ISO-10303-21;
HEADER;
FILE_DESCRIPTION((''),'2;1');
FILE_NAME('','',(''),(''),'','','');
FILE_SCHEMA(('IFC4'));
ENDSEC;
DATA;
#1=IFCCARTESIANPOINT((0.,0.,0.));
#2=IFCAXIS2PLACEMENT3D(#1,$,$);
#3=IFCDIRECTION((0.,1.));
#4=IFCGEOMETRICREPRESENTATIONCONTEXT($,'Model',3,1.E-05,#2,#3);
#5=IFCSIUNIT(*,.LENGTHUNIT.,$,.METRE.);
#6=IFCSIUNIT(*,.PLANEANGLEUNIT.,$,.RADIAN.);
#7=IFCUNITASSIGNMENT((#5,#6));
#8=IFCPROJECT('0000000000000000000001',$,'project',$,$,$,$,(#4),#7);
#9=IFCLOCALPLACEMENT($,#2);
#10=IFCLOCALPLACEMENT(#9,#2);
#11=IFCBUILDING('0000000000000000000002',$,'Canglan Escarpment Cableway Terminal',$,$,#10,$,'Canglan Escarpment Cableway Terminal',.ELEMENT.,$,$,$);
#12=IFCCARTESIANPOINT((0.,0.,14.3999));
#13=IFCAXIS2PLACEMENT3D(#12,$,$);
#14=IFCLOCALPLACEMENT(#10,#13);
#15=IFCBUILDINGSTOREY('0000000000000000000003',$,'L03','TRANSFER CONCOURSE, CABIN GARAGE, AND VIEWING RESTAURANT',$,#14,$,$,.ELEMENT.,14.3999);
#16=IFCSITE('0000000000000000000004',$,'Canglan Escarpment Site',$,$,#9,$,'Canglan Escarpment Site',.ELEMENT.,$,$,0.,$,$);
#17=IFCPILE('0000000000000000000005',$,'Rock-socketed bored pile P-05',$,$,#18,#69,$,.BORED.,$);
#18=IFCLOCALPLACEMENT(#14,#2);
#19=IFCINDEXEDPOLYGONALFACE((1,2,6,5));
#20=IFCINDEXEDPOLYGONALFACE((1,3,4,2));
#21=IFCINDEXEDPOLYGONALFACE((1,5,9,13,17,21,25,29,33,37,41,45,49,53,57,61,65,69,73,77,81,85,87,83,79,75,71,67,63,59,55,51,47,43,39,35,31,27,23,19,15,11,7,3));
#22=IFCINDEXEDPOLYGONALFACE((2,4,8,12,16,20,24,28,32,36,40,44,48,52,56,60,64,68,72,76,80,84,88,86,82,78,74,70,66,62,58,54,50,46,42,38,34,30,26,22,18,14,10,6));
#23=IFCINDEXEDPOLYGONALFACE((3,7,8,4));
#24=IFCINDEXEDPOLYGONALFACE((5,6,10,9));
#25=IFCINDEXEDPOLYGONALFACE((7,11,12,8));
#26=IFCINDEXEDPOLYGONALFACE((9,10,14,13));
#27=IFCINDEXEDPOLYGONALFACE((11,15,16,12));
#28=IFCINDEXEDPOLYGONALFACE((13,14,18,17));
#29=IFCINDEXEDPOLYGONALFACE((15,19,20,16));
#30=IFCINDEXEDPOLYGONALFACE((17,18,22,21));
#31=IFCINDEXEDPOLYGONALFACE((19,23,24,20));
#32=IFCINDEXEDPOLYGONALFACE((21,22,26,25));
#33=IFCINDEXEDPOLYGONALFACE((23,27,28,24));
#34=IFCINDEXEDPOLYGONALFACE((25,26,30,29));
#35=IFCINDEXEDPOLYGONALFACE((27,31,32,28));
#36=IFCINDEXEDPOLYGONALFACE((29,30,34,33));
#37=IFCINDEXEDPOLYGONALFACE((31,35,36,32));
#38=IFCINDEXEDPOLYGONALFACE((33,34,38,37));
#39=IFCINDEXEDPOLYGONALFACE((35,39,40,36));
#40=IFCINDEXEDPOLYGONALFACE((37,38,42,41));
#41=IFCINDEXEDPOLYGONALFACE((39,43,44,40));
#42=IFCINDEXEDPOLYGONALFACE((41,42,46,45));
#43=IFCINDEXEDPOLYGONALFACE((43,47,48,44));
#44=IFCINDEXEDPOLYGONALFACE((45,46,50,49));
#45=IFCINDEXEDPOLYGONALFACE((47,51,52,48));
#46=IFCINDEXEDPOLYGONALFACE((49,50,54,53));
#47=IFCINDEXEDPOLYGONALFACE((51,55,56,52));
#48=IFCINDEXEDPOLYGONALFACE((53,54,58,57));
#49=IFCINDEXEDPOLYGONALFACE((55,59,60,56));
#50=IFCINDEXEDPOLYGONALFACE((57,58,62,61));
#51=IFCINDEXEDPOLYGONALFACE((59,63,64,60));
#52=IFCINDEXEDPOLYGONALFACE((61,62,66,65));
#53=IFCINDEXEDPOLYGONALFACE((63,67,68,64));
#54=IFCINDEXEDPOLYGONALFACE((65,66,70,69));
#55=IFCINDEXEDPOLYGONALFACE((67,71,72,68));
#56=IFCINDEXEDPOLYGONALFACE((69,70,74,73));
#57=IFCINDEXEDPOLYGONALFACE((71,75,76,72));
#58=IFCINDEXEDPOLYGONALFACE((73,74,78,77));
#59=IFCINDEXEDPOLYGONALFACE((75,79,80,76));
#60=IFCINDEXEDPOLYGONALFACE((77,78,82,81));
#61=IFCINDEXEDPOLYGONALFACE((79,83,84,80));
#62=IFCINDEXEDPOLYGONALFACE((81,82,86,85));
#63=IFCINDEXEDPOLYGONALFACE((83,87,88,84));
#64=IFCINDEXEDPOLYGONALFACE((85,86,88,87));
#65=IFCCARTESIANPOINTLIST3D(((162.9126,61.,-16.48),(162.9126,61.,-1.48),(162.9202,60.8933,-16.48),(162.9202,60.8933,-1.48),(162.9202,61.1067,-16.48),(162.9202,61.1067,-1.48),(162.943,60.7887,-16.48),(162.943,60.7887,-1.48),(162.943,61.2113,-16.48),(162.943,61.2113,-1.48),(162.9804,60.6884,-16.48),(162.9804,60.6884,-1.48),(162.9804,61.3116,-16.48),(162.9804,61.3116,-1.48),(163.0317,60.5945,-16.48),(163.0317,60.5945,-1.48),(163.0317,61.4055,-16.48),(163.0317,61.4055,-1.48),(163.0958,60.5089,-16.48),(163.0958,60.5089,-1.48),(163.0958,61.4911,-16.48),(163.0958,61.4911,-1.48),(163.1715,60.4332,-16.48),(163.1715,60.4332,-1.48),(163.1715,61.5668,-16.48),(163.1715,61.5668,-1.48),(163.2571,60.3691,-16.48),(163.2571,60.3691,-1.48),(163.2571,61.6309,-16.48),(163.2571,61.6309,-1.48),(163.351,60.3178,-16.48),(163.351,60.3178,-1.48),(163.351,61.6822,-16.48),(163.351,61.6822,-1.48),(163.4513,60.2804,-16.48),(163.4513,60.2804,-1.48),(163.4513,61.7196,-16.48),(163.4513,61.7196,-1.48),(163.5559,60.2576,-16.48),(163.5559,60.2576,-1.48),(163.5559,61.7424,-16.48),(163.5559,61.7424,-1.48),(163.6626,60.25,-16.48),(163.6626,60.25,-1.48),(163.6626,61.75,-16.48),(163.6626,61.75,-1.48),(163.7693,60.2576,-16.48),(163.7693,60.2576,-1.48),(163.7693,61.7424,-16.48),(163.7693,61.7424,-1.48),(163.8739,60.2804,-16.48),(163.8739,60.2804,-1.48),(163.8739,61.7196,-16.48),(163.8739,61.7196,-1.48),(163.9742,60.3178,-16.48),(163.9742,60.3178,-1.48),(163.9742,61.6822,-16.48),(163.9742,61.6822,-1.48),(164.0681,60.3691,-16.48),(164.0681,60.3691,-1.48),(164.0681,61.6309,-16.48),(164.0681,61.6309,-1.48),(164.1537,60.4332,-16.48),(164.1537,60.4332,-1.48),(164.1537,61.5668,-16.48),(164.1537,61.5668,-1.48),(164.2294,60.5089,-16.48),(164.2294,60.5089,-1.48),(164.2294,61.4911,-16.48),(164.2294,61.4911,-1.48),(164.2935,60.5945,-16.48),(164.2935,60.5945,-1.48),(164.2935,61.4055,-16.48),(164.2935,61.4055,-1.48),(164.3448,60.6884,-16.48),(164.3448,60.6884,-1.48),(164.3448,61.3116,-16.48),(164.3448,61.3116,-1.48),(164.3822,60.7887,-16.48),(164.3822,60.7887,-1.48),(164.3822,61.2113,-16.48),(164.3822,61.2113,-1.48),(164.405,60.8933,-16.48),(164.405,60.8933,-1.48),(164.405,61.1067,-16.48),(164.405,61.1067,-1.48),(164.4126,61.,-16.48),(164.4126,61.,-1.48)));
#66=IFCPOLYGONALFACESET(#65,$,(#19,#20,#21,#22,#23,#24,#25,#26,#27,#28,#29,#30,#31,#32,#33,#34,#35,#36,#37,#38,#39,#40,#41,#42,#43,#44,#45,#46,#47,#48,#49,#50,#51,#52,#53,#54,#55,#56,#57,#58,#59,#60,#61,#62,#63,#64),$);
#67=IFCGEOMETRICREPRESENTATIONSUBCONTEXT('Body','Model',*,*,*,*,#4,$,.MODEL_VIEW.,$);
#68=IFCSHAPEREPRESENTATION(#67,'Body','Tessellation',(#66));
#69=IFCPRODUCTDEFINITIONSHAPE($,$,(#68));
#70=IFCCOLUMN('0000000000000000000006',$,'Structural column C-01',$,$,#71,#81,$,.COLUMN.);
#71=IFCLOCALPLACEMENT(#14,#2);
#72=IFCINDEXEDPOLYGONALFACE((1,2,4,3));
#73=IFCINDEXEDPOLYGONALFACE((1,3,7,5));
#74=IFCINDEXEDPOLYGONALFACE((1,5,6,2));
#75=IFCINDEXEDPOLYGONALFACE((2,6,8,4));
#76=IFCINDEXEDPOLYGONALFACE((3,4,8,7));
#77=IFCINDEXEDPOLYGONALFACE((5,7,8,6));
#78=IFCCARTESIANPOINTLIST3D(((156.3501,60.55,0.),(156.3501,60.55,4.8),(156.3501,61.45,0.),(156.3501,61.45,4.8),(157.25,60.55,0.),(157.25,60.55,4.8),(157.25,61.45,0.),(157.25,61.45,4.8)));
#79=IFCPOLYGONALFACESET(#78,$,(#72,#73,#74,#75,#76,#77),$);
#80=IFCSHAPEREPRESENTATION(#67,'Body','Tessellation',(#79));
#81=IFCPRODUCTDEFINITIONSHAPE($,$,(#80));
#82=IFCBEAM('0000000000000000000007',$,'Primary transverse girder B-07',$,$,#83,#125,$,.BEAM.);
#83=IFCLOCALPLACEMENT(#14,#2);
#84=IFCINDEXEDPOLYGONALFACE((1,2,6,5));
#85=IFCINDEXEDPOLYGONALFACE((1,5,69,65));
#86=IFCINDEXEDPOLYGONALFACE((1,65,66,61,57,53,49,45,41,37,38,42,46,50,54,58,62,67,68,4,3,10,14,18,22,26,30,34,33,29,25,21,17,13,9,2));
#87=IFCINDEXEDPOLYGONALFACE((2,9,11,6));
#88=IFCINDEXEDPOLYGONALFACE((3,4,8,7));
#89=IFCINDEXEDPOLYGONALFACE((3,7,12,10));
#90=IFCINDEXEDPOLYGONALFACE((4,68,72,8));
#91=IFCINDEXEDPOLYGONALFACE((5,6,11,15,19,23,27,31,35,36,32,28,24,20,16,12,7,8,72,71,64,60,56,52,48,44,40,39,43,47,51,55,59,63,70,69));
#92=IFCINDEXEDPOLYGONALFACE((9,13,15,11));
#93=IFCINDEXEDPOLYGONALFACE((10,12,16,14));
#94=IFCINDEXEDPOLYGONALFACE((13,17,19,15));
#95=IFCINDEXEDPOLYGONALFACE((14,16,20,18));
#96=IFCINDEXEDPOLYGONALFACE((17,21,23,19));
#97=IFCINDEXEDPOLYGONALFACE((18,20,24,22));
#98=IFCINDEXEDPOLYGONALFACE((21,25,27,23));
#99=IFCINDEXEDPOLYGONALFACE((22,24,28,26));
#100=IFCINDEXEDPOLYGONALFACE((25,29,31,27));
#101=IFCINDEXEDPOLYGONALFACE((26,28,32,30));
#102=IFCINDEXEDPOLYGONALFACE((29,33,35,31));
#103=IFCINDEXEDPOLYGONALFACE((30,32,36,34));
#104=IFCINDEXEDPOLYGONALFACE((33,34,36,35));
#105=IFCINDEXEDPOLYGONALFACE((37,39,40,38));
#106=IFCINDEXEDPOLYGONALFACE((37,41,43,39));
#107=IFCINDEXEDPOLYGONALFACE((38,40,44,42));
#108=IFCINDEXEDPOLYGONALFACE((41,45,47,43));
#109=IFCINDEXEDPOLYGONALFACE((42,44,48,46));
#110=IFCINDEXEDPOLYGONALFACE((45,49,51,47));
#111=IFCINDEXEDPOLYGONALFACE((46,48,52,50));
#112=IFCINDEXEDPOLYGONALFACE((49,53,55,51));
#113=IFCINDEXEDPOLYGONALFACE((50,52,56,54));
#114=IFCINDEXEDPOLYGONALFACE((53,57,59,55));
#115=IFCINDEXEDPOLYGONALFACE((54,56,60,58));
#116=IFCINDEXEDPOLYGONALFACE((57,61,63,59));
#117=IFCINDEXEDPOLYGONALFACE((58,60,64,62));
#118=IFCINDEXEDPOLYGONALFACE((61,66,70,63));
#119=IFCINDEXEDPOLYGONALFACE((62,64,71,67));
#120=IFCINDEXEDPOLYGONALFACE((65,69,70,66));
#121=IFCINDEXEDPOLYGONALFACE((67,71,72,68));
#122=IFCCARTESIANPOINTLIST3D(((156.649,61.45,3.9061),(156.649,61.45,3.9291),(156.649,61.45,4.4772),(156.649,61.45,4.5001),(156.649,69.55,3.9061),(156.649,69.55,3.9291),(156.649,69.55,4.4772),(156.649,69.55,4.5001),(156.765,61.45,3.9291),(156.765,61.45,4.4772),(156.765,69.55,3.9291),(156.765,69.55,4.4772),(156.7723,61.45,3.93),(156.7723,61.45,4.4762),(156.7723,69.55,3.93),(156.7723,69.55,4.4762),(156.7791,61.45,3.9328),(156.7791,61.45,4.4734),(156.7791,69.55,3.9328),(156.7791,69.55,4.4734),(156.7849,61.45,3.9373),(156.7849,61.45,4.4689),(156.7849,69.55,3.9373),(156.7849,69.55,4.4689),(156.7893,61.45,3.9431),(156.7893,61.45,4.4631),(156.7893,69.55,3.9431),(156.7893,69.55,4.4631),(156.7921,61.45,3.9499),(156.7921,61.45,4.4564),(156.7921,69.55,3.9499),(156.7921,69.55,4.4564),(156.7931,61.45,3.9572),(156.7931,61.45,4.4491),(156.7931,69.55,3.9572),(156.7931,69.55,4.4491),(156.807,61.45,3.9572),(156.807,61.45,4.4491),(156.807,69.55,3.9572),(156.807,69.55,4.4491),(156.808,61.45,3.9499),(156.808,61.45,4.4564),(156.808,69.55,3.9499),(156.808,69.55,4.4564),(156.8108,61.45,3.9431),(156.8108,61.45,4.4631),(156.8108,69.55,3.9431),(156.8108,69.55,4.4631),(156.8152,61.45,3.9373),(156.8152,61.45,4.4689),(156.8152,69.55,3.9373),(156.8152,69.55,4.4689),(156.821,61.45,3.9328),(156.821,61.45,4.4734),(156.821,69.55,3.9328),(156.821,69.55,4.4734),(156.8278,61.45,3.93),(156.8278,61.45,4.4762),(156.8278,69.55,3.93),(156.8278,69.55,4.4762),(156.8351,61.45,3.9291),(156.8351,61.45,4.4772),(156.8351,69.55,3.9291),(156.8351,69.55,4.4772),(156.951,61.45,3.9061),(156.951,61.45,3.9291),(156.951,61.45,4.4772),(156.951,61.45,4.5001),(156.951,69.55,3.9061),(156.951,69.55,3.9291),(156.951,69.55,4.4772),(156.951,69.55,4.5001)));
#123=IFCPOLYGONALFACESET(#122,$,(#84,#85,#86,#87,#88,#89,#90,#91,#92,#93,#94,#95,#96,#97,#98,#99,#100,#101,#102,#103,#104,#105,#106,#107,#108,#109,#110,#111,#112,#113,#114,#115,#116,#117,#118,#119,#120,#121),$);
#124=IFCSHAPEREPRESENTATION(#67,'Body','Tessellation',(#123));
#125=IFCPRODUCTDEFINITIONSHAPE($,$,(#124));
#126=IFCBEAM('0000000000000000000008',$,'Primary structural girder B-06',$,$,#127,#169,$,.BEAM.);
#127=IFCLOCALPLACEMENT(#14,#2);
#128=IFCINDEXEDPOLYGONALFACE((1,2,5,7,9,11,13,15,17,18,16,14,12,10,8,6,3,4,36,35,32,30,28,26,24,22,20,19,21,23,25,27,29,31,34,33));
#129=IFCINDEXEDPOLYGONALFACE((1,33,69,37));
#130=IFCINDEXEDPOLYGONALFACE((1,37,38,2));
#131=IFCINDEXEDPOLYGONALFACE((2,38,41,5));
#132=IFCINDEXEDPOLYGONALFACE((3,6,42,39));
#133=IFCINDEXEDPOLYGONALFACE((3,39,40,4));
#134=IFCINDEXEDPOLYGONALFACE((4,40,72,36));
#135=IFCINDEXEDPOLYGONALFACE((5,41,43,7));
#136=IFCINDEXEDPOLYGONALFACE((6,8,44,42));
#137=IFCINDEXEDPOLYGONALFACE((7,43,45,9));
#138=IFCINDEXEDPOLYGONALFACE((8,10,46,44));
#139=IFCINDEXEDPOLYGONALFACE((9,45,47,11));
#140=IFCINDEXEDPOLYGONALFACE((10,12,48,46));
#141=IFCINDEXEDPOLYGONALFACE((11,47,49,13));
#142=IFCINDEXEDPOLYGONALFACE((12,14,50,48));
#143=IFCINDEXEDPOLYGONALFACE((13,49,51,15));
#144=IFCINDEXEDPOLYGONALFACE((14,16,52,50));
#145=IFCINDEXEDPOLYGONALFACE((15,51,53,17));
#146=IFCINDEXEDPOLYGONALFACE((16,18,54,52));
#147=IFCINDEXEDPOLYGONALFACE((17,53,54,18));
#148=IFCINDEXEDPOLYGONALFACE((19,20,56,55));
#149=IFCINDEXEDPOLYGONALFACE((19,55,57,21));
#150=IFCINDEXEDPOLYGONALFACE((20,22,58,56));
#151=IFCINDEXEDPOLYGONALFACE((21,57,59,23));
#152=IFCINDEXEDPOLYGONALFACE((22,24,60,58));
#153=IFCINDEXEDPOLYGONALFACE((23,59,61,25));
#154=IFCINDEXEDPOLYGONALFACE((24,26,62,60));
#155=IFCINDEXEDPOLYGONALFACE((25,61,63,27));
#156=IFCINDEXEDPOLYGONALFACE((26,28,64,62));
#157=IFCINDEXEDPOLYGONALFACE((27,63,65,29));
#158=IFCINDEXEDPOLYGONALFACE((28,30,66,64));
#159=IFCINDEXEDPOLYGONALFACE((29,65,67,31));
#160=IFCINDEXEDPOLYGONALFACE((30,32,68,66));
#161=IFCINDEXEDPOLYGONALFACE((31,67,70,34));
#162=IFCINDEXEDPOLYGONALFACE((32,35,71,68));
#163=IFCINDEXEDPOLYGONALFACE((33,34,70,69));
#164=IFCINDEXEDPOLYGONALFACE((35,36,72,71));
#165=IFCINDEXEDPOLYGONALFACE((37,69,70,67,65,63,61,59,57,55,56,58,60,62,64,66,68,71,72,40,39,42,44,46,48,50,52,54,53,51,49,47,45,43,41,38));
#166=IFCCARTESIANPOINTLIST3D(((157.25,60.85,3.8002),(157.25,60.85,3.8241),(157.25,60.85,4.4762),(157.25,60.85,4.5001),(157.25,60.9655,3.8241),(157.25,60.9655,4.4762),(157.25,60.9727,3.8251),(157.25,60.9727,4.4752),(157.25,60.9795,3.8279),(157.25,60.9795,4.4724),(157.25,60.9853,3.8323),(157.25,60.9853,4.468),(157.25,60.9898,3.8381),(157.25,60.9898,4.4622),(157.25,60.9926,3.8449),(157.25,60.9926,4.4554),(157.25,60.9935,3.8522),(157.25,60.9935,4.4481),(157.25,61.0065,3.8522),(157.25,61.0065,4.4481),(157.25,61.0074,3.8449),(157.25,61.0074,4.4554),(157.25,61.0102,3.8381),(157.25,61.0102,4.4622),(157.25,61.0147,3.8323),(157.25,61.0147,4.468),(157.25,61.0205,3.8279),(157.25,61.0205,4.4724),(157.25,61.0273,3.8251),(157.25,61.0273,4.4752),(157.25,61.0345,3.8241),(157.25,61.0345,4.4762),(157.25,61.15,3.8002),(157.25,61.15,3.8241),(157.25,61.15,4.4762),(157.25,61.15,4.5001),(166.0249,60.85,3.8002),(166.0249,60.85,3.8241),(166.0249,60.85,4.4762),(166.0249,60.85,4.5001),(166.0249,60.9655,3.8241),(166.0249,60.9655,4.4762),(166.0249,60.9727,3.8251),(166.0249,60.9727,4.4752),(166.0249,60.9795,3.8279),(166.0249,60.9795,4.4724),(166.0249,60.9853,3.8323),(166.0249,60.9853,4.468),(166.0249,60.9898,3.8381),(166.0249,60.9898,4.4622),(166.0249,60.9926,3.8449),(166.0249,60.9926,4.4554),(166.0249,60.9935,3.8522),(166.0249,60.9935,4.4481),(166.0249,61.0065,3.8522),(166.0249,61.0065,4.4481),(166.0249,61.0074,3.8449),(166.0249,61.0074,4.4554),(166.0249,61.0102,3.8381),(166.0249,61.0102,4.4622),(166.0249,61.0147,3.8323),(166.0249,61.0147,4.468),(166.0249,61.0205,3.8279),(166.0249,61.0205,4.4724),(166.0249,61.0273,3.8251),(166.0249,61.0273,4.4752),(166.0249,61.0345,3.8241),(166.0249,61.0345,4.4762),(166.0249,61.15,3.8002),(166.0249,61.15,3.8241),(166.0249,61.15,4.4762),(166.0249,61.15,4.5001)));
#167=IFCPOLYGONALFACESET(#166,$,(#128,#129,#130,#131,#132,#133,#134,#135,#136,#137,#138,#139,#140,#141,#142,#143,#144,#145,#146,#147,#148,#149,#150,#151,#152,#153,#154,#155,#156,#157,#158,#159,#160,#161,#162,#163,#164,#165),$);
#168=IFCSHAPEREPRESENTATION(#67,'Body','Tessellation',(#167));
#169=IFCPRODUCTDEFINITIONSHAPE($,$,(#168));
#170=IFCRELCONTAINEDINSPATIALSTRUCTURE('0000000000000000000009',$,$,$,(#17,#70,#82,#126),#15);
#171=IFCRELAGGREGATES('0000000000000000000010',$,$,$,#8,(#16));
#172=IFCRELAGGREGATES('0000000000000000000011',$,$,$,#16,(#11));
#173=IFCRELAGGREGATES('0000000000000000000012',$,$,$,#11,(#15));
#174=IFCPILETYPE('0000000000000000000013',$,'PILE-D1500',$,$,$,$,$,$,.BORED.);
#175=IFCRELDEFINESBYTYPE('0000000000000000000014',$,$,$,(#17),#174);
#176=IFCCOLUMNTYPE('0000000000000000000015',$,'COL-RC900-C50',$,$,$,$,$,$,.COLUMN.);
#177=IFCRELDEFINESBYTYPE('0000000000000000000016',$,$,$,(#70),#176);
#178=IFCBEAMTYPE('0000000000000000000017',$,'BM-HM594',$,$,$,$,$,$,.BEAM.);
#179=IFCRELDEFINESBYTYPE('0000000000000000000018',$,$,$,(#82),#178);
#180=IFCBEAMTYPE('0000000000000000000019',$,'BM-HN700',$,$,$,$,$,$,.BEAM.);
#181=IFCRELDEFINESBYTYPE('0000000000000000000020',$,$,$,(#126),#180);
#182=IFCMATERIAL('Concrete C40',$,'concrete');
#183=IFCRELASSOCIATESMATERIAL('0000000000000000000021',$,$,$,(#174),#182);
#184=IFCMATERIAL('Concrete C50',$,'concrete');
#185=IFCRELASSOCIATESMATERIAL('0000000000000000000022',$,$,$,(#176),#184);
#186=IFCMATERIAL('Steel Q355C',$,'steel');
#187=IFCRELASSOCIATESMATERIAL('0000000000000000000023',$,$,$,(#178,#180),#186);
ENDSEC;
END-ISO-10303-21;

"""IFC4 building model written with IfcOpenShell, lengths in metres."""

from ifc_helpers import new_model, si_unit, direction, frame, origin, origin_2d, place, context, subcontext, project, spatial, rectangle, circle, i_section, extrude, material, material_profile, profile_set, type_object, element, save


model = new_model("IFC4")

# Units and contexts
model_context = context("Model", 3, precision=1e-05, world=origin(), true_north=direction((0.0, 1.0)))
body_context = subcontext(model_context, "Body", "Model", "MODEL_VIEW")
ifc_project = project(units=[si_unit("LENGTHUNIT", "METRE"), si_unit("PLANEANGLEUNIT", "RADIAN")], contexts=[model_context])

# Site, building, storey
site_placement = place(None, origin())
site = spatial("IfcSite", under=ifc_project, at=site_placement, Name="Canglan Escarpment Site", LongName="Canglan Escarpment Site", CompositionType="ELEMENT", RefElevation=0.0)
building_placement = place(site_placement, origin())
building = spatial("IfcBuilding", under=site, at=building_placement, Name="Canglan Escarpment Cableway Terminal", LongName="Canglan Escarpment Cableway Terminal", CompositionType="ELEMENT")
storey_placement = place(building_placement, frame((0.0, 0.0, 14.3999)))
storey = spatial("IfcBuildingStorey", under=building, at=storey_placement, Name="L03", Description="TRANSFER CONCOURSE, CABIN GARAGE, AND VIEWING RESTAURANT", CompositionType="ELEMENT", Elevation=14.3999)

# Shared definitions
ifc_material_1 = material(Name="Concrete C40", Category="concrete")

# Pile
ifc_material_profile_1 = material_profile(ifc_material_1, circle(Radius=0.75, at=origin_2d()), Name="BORED PILE D1500")
ifc_profile_set_1 = profile_set([ifc_material_profile_1], Name="Concrete C40")
pile_type = type_object("IfcPileType", Name="PILE-D1500", PredefinedType="BORED", material=ifc_profile_set_1)
for number, where, z_axis, x_axis, name in (
    (1, (163.6626, 61.0, -1.48), (0.0, 0.0, -1.0), (1.0, 0.0, 0.0), "Rock-socketed bored pile P-05"),
):
    element("IfcPile", number, at=place(storey_placement, frame(where, z_axis=z_axis, x_axis=x_axis)), inside=storey, type_object=pile_type, Name=name, PredefinedType="BORED", context=body_context, shape_type="SweptSolid", body=[
        extrude(circle(Radius=0.75, at=origin_2d()), origin(), (0.0, 0.0, 1.0), 15.0),
    ])

# Column
ifc_material_2 = material(Name="Concrete C50", Category="concrete")
ifc_material_profile_2 = material_profile(ifc_material_2, rectangle(XDim=0.8999, YDim=0.8999, at=origin_2d()), Name="RC 900x900")
ifc_profile_set_2 = profile_set([ifc_material_profile_2], Name="Concrete C50")
column_type = type_object("IfcColumnType", Name="COL-RC900-C50", PredefinedType="COLUMN", material=ifc_profile_set_2)
column_placement = place(storey_placement, frame((156.8, 61.0, 0.0), z_axis=(0.0, 0.0, 1.0), x_axis=(1.0, 0.0, 0.0)))
element("IfcColumn", 2, at=column_placement, inside=storey, type_object=column_type, Name="Structural column C-01", PredefinedType="COLUMN", context=body_context, shape_type="SweptSolid", body=[
    extrude(rectangle(XDim=0.8999, YDim=0.8999, at=origin_2d()), origin(), (0.0, 0.0, 1.0), 4.8),
])

# Beams
ifc_material_3 = material(Name="Steel Q355C", Category="steel")
ifc_material_profile_3 = material_profile(ifc_material_3, i_section(OverallWidth=0.302, OverallDepth=0.594, WebThickness=0.0139, FlangeThickness=0.0229, FilletRadius=0.0281, at=origin_2d()), Name="HM 594x302x14x23")
ifc_profile_set_3 = profile_set([ifc_material_profile_3], Name="Steel Q355C")
beam_type_1 = type_object("IfcBeamType", Name="BM-HM594", PredefinedType="BEAM", material=ifc_profile_set_3)
beam_1_placement = place(storey_placement, frame((156.8, 61.45, 4.2031), z_axis=(0.0, 1.0, 0.0), x_axis=(-1.0, 0.0, 0.0)))
element("IfcBeam", 3, at=beam_1_placement, inside=storey, type_object=beam_type_1, Name="Primary transverse girder B-07", PredefinedType="BEAM", context=body_context, shape_type="SweptSolid", body=[
    extrude(i_section(OverallWidth=0.302, OverallDepth=0.594, WebThickness=0.0139, FlangeThickness=0.0229, FilletRadius=0.0281, at=origin_2d()), origin(), (0.0, 0.0, 1.0), 8.1001),
])
ifc_material_profile_4 = material_profile(ifc_material_3, i_section(OverallWidth=0.3, OverallDepth=0.7, WebThickness=0.0129, FlangeThickness=0.0239, FilletRadius=0.0281, at=origin_2d()), Name="HN 700x300x13x24")
ifc_profile_set_4 = profile_set([ifc_material_profile_4], Name="Steel Q355C")
beam_type_2 = type_object("IfcBeamType", Name="BM-HN700", PredefinedType="BEAM", material=ifc_profile_set_4)
beam_2_placement = place(storey_placement, frame((157.25, 61.0, 4.1501), z_axis=(1.0, 0.0, 0.0), x_axis=(0.0, 1.0, 0.0)))
element("IfcBeam", 4, at=beam_2_placement, inside=storey, type_object=beam_type_2, Name="Primary structural girder B-06", PredefinedType="BEAM", context=body_context, shape_type="SweptSolid", body=[
    extrude(i_section(OverallWidth=0.3, OverallDepth=0.7, WebThickness=0.0129, FlangeThickness=0.0239, FilletRadius=0.0281, at=origin_2d()), origin(), (0.0, 0.0, 1.0), 8.7749),
])

save(model, "model.ifc")
